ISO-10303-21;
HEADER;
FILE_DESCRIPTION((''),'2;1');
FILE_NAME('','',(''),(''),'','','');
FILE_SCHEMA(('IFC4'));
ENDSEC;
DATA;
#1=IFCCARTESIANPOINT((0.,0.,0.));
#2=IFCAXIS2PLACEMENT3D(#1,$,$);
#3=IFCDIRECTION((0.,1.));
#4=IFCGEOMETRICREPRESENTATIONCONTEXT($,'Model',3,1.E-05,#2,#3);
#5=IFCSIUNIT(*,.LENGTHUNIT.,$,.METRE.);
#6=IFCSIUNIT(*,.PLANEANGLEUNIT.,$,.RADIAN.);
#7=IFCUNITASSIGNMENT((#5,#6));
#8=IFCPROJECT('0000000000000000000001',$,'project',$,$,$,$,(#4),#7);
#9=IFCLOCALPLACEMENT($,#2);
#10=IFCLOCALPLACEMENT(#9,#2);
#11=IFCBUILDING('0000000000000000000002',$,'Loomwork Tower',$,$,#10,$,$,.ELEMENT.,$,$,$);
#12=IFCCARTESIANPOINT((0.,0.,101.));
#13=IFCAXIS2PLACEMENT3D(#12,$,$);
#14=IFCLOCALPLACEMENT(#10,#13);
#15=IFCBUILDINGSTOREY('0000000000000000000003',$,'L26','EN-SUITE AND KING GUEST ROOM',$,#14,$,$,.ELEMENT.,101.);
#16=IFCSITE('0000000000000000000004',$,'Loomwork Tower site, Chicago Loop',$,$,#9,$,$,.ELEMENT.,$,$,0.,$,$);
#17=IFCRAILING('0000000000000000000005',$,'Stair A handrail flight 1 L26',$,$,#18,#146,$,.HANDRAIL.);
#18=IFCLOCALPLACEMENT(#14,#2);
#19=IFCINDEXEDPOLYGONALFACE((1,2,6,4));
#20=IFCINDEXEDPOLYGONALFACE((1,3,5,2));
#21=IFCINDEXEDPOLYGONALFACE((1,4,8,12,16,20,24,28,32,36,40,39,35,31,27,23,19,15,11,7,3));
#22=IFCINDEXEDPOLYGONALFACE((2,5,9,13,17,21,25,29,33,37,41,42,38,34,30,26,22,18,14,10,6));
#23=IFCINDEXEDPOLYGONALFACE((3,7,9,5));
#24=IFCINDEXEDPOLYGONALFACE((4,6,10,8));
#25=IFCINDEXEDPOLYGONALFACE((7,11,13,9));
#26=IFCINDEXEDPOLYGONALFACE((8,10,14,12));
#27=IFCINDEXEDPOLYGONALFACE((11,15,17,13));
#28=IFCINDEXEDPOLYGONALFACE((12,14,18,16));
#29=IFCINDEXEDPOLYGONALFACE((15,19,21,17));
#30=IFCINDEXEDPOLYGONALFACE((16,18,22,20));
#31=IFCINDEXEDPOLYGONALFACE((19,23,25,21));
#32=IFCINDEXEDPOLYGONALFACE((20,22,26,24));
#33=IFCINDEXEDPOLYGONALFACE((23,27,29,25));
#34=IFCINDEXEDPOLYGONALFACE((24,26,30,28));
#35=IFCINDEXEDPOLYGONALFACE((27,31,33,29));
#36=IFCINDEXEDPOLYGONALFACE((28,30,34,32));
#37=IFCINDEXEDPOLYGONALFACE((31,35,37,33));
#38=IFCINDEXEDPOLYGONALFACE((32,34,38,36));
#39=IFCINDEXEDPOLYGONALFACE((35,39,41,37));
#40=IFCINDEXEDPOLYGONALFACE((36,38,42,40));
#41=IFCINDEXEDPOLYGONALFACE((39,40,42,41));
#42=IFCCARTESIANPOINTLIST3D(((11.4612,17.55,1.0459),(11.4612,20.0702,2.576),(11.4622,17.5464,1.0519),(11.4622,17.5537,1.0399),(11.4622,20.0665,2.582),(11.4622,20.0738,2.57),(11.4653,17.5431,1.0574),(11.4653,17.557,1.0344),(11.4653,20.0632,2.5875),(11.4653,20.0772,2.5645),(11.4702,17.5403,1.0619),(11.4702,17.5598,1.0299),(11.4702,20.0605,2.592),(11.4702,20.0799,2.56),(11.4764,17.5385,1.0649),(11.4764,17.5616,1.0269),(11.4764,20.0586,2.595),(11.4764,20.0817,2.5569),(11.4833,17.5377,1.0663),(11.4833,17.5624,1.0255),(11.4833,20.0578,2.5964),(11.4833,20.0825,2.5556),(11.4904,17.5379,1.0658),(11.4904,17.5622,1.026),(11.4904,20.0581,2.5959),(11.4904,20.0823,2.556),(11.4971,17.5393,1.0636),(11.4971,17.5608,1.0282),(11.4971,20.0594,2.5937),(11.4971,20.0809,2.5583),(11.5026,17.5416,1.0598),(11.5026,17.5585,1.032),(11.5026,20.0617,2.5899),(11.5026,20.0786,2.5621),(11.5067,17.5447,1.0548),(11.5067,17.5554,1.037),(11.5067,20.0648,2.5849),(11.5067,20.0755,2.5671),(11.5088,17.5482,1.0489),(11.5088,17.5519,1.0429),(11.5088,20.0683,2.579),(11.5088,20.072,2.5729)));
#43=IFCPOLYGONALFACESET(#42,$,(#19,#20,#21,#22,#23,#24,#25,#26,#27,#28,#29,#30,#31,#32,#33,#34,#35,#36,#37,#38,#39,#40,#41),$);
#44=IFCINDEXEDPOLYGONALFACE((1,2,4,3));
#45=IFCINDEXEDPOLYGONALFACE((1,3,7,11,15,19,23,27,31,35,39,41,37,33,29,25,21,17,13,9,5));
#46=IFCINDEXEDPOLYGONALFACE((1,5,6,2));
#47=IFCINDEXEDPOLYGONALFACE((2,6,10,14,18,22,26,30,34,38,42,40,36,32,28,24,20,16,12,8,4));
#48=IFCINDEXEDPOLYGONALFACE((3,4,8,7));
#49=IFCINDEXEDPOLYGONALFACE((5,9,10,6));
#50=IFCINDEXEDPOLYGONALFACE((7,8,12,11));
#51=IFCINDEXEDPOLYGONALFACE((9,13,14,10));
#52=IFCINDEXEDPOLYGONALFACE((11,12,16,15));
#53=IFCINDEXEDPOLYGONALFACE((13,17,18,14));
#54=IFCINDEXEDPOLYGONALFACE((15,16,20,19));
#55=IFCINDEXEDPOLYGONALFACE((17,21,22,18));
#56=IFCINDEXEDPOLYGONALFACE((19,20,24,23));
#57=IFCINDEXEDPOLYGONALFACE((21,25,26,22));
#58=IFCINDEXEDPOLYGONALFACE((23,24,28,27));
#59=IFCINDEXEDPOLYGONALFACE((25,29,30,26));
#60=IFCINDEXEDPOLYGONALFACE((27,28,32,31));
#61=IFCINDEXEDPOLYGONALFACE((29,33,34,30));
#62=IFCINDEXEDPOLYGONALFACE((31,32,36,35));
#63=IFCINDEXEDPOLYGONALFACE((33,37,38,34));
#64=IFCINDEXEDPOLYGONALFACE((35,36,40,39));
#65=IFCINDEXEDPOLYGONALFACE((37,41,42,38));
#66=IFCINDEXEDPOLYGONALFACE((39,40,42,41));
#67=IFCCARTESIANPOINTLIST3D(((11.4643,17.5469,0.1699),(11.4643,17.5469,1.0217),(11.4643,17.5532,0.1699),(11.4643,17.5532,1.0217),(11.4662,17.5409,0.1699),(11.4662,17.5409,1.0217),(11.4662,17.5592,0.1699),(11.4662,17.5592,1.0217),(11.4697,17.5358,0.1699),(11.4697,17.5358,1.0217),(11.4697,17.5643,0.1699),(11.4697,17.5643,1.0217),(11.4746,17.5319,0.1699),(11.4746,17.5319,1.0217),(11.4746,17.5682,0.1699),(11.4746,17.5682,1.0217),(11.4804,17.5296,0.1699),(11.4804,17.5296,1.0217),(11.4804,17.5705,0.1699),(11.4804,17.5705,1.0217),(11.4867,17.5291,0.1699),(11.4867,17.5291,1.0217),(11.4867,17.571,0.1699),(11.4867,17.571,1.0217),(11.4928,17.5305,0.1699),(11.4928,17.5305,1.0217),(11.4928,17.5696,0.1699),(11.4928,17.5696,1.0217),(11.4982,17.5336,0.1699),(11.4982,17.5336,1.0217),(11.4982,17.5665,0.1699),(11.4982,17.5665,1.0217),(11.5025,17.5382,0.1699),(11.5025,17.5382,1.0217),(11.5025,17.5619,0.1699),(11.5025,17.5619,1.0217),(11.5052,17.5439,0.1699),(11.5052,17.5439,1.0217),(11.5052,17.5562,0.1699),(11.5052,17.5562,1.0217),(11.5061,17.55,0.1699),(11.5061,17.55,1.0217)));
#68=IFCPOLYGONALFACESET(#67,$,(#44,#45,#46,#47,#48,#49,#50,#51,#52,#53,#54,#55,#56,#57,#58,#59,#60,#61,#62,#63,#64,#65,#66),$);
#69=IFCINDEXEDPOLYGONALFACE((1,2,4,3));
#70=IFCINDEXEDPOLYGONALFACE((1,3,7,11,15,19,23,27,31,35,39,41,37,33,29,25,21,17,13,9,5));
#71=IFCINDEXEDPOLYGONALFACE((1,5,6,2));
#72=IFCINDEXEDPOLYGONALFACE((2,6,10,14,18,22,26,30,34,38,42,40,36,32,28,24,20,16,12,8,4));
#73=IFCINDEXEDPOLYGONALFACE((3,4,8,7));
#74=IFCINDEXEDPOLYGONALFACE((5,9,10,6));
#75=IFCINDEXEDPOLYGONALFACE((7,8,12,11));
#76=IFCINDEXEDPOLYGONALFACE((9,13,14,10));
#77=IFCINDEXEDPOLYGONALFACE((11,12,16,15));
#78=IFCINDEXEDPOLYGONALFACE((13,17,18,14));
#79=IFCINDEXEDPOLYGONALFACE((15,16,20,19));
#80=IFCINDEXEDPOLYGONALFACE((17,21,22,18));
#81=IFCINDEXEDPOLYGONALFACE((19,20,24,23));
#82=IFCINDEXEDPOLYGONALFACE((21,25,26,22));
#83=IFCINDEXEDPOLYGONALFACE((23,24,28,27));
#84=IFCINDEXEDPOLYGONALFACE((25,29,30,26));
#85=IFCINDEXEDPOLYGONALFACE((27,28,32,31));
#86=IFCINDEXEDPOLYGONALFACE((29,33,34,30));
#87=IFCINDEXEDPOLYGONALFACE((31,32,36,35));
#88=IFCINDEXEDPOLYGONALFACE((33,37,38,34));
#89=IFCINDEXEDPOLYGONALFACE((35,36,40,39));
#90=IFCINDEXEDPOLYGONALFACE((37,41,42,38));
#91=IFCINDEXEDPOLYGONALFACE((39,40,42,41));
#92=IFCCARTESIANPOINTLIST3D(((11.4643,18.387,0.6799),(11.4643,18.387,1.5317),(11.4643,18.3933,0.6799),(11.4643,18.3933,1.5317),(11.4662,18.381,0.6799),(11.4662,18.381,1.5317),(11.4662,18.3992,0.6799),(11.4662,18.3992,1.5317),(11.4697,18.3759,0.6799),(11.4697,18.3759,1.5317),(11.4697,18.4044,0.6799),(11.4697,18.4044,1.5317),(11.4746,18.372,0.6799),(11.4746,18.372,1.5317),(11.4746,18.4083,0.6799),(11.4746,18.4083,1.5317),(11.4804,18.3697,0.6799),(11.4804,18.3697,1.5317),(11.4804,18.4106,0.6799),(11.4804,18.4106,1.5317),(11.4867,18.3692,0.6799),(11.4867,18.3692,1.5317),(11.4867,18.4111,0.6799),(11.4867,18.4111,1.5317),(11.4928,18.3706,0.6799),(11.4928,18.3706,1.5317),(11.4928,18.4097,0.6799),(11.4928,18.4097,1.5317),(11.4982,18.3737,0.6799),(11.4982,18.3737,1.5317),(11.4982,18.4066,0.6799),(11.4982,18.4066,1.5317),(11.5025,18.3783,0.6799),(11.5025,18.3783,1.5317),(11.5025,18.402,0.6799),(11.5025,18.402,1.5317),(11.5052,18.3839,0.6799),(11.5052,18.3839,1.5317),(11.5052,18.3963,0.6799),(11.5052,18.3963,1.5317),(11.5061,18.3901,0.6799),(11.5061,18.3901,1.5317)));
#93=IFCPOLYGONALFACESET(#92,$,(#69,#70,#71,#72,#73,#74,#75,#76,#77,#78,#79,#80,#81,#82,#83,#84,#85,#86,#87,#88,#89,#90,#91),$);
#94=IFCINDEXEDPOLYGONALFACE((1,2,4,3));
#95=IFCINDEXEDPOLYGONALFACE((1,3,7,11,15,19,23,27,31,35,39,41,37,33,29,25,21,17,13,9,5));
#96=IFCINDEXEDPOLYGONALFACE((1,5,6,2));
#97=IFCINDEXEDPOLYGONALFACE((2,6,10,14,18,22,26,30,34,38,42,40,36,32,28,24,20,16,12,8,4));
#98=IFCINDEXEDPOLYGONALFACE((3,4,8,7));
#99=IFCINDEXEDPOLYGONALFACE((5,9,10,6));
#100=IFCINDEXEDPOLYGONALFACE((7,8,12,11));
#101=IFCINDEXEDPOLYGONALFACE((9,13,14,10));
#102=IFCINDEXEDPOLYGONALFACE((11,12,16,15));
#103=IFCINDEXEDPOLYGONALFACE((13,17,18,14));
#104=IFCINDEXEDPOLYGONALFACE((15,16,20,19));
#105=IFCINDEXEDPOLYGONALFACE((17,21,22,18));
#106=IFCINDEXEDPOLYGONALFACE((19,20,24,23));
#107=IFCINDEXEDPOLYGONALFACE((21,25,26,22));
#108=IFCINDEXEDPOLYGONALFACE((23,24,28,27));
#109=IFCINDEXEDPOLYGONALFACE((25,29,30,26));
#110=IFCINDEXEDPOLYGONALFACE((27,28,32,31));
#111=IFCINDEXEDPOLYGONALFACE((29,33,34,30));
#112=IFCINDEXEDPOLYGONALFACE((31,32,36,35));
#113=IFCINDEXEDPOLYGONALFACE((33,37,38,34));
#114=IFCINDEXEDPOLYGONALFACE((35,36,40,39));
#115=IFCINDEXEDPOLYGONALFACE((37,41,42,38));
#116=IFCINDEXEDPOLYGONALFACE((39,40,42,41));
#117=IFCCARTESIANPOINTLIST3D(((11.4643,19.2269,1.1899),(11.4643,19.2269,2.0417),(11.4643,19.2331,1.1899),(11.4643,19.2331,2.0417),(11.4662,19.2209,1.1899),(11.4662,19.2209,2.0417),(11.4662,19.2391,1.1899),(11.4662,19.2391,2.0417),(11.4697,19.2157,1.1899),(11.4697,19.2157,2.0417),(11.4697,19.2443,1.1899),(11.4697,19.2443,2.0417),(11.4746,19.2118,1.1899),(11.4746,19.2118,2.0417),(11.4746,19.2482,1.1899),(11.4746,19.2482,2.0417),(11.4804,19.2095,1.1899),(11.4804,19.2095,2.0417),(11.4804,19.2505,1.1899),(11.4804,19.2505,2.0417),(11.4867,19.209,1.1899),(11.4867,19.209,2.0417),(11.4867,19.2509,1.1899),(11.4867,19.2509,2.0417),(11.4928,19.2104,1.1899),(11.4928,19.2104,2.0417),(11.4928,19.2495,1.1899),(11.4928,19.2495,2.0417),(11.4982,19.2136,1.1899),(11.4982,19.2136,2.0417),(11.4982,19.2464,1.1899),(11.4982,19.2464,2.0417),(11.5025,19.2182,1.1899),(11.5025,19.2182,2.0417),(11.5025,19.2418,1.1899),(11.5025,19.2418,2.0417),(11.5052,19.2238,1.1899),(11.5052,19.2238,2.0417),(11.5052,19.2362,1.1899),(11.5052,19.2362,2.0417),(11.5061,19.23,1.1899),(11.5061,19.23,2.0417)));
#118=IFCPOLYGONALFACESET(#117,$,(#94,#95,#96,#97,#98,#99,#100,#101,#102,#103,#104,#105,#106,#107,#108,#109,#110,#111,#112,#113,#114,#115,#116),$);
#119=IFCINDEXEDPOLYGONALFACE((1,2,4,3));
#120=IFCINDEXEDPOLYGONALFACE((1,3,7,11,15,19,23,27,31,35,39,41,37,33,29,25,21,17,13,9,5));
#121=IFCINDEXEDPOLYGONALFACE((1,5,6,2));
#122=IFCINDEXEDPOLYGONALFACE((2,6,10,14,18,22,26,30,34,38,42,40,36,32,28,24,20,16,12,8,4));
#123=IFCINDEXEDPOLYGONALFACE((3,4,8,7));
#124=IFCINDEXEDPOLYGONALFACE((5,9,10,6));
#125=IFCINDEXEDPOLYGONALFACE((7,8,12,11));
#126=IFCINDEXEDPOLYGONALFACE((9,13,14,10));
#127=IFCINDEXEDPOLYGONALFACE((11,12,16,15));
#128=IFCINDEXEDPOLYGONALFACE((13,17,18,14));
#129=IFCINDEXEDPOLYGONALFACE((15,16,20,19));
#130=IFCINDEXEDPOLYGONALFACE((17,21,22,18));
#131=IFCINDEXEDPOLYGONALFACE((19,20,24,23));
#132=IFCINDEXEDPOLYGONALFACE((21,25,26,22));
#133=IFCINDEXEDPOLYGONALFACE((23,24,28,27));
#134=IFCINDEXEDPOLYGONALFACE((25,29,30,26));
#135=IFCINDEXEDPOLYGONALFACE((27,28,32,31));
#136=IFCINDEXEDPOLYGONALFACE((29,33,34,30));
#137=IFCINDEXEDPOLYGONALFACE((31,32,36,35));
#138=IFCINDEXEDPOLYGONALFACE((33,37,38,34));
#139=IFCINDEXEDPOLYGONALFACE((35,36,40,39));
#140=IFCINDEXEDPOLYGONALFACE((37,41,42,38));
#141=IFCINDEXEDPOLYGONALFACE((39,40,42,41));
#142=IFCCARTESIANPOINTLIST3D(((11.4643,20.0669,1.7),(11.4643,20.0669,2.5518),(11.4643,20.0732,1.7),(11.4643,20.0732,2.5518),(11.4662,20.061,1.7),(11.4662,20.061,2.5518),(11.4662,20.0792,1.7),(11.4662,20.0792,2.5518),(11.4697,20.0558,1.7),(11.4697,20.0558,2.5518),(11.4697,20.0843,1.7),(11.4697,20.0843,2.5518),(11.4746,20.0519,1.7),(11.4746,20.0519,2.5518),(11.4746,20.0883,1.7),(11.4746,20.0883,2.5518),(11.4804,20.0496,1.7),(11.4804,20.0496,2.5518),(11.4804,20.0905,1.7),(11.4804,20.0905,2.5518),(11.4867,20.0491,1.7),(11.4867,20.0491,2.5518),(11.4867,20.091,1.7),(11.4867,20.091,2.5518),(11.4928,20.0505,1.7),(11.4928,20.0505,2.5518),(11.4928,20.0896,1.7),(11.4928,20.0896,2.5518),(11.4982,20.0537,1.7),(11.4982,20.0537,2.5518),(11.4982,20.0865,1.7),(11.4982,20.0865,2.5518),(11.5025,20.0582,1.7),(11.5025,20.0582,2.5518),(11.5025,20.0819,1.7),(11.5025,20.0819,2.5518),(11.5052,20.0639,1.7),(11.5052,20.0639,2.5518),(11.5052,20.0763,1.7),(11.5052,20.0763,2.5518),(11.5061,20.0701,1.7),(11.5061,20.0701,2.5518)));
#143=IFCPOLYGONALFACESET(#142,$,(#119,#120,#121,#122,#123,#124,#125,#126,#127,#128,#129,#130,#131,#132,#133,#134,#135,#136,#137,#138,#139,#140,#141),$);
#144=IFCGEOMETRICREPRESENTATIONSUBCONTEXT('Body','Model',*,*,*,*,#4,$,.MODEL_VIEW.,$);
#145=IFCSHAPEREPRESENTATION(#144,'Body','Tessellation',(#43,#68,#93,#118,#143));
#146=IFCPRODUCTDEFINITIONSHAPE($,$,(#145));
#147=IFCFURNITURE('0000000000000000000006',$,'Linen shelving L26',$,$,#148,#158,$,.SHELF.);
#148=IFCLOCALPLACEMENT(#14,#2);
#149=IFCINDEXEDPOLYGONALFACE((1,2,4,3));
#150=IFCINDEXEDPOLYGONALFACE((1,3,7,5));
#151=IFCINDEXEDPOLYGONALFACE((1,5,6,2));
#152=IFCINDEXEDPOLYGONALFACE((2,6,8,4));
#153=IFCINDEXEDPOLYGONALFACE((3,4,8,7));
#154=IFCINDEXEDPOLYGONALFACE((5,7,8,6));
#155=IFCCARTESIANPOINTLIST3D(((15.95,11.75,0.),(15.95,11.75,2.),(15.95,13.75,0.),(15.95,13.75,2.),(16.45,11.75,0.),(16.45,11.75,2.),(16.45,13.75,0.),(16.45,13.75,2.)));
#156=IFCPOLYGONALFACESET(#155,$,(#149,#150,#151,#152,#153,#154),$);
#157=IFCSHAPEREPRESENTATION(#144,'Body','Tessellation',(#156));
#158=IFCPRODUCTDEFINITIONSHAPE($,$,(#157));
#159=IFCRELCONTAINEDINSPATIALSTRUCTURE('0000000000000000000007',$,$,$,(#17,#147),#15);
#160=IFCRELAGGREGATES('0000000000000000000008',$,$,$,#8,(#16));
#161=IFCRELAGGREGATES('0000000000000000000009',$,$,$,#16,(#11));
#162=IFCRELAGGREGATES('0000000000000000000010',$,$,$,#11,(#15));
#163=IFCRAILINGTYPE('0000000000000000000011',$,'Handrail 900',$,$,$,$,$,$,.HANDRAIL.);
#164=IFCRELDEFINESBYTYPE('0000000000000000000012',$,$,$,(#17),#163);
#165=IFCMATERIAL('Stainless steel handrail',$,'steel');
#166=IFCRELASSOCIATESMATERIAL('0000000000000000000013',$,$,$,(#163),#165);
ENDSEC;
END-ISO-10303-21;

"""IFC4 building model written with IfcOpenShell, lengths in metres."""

from ifc_helpers import new_model, si_unit, direction, frame, origin, origin_2d, place, context, subcontext, project, spatial, rectangle, circle, extrude, material, type_object, element, save


model = new_model("IFC4")

# Units and contexts
model_context = context("Model", 3, precision=1e-05, world=origin(), true_north=direction((0.0, 1.0)))
body_context = subcontext(model_context, "Body", "Model", "MODEL_VIEW")
ifc_project = project(units=[si_unit("LENGTHUNIT", "METRE"), si_unit("PLANEANGLEUNIT", "RADIAN")], contexts=[model_context])

# Site, building, storey
site_placement = place(None, origin())
site = spatial("IfcSite", under=ifc_project, at=site_placement, Name="Loomwork Tower site, Chicago Loop", CompositionType="ELEMENT", RefElevation=0.0)
building_placement = place(site_placement, origin())
building = spatial("IfcBuilding", under=site, at=building_placement, Name="Loomwork Tower", CompositionType="ELEMENT")
storey_placement = place(building_placement, frame((0.0, 0.0, 101.0)))
storey = spatial("IfcBuildingStorey", under=building, at=storey_placement, Name="L26", Description="EN-SUITE AND KING GUEST ROOM", CompositionType="ELEMENT", Elevation=101.0)

# Railing
ifc_material_1 = material(Name="Stainless steel handrail", Category="steel")
railing_type = type_object("IfcRailingType", Name="Handrail 900", PredefinedType="HANDRAIL", material=ifc_material_1)
railing_placement = place(storey_placement, frame((11.4851, 17.55, 0.1699)))
element("IfcRailing", 1, at=railing_placement, inside=storey, type_object=railing_type, Name="Stair A handrail flight 1 L26", PredefinedType="HANDRAIL", context=body_context, shape_type="SweptSolid", body=[
    extrude(circle(Radius=0.0239, at=origin_2d()), frame((0.0, 0.0, 0.876), z_axis=(0.0, 0.854785, 0.518982), x_axis=(-1.0, 0.0, 0.0)), (0.0, 0.0, 1.0), 2.9482),
    extrude(circle(Radius=0.021, at=origin_2d()), origin(), (0.0, 0.0, 1.0), 0.8518),
    extrude(circle(Radius=0.021, at=origin_2d()), frame((0.0, 0.8401, 0.51)), (0.0, 0.0, 1.0), 0.8518),
    extrude(circle(Radius=0.021, at=origin_2d()), frame((0.0, 1.6799, 1.02)), (0.0, 0.0, 1.0), 0.8518),
    extrude(circle(Radius=0.021, at=origin_2d()), frame((0.0, 2.52, 1.53)), (0.0, 0.0, 1.0), 0.8518),
])

# Furniture
furniture_placement = place(storey_placement, frame((16.2, 12.75, 0.0), z_axis=(0.0, 0.0, 1.0), x_axis=(1.0, 0.0, 0.0)))
element("IfcFurniture", 2, at=furniture_placement, inside=storey, Name="Linen shelving L26", PredefinedType="SHELF", context=body_context, shape_type="SweptSolid", body=[
    extrude(rectangle(XDim=0.5, YDim=2.0, at=origin_2d()), origin(), (0.0, 0.0, 1.0), 2.0),
])

save(model, "model.ifc")
